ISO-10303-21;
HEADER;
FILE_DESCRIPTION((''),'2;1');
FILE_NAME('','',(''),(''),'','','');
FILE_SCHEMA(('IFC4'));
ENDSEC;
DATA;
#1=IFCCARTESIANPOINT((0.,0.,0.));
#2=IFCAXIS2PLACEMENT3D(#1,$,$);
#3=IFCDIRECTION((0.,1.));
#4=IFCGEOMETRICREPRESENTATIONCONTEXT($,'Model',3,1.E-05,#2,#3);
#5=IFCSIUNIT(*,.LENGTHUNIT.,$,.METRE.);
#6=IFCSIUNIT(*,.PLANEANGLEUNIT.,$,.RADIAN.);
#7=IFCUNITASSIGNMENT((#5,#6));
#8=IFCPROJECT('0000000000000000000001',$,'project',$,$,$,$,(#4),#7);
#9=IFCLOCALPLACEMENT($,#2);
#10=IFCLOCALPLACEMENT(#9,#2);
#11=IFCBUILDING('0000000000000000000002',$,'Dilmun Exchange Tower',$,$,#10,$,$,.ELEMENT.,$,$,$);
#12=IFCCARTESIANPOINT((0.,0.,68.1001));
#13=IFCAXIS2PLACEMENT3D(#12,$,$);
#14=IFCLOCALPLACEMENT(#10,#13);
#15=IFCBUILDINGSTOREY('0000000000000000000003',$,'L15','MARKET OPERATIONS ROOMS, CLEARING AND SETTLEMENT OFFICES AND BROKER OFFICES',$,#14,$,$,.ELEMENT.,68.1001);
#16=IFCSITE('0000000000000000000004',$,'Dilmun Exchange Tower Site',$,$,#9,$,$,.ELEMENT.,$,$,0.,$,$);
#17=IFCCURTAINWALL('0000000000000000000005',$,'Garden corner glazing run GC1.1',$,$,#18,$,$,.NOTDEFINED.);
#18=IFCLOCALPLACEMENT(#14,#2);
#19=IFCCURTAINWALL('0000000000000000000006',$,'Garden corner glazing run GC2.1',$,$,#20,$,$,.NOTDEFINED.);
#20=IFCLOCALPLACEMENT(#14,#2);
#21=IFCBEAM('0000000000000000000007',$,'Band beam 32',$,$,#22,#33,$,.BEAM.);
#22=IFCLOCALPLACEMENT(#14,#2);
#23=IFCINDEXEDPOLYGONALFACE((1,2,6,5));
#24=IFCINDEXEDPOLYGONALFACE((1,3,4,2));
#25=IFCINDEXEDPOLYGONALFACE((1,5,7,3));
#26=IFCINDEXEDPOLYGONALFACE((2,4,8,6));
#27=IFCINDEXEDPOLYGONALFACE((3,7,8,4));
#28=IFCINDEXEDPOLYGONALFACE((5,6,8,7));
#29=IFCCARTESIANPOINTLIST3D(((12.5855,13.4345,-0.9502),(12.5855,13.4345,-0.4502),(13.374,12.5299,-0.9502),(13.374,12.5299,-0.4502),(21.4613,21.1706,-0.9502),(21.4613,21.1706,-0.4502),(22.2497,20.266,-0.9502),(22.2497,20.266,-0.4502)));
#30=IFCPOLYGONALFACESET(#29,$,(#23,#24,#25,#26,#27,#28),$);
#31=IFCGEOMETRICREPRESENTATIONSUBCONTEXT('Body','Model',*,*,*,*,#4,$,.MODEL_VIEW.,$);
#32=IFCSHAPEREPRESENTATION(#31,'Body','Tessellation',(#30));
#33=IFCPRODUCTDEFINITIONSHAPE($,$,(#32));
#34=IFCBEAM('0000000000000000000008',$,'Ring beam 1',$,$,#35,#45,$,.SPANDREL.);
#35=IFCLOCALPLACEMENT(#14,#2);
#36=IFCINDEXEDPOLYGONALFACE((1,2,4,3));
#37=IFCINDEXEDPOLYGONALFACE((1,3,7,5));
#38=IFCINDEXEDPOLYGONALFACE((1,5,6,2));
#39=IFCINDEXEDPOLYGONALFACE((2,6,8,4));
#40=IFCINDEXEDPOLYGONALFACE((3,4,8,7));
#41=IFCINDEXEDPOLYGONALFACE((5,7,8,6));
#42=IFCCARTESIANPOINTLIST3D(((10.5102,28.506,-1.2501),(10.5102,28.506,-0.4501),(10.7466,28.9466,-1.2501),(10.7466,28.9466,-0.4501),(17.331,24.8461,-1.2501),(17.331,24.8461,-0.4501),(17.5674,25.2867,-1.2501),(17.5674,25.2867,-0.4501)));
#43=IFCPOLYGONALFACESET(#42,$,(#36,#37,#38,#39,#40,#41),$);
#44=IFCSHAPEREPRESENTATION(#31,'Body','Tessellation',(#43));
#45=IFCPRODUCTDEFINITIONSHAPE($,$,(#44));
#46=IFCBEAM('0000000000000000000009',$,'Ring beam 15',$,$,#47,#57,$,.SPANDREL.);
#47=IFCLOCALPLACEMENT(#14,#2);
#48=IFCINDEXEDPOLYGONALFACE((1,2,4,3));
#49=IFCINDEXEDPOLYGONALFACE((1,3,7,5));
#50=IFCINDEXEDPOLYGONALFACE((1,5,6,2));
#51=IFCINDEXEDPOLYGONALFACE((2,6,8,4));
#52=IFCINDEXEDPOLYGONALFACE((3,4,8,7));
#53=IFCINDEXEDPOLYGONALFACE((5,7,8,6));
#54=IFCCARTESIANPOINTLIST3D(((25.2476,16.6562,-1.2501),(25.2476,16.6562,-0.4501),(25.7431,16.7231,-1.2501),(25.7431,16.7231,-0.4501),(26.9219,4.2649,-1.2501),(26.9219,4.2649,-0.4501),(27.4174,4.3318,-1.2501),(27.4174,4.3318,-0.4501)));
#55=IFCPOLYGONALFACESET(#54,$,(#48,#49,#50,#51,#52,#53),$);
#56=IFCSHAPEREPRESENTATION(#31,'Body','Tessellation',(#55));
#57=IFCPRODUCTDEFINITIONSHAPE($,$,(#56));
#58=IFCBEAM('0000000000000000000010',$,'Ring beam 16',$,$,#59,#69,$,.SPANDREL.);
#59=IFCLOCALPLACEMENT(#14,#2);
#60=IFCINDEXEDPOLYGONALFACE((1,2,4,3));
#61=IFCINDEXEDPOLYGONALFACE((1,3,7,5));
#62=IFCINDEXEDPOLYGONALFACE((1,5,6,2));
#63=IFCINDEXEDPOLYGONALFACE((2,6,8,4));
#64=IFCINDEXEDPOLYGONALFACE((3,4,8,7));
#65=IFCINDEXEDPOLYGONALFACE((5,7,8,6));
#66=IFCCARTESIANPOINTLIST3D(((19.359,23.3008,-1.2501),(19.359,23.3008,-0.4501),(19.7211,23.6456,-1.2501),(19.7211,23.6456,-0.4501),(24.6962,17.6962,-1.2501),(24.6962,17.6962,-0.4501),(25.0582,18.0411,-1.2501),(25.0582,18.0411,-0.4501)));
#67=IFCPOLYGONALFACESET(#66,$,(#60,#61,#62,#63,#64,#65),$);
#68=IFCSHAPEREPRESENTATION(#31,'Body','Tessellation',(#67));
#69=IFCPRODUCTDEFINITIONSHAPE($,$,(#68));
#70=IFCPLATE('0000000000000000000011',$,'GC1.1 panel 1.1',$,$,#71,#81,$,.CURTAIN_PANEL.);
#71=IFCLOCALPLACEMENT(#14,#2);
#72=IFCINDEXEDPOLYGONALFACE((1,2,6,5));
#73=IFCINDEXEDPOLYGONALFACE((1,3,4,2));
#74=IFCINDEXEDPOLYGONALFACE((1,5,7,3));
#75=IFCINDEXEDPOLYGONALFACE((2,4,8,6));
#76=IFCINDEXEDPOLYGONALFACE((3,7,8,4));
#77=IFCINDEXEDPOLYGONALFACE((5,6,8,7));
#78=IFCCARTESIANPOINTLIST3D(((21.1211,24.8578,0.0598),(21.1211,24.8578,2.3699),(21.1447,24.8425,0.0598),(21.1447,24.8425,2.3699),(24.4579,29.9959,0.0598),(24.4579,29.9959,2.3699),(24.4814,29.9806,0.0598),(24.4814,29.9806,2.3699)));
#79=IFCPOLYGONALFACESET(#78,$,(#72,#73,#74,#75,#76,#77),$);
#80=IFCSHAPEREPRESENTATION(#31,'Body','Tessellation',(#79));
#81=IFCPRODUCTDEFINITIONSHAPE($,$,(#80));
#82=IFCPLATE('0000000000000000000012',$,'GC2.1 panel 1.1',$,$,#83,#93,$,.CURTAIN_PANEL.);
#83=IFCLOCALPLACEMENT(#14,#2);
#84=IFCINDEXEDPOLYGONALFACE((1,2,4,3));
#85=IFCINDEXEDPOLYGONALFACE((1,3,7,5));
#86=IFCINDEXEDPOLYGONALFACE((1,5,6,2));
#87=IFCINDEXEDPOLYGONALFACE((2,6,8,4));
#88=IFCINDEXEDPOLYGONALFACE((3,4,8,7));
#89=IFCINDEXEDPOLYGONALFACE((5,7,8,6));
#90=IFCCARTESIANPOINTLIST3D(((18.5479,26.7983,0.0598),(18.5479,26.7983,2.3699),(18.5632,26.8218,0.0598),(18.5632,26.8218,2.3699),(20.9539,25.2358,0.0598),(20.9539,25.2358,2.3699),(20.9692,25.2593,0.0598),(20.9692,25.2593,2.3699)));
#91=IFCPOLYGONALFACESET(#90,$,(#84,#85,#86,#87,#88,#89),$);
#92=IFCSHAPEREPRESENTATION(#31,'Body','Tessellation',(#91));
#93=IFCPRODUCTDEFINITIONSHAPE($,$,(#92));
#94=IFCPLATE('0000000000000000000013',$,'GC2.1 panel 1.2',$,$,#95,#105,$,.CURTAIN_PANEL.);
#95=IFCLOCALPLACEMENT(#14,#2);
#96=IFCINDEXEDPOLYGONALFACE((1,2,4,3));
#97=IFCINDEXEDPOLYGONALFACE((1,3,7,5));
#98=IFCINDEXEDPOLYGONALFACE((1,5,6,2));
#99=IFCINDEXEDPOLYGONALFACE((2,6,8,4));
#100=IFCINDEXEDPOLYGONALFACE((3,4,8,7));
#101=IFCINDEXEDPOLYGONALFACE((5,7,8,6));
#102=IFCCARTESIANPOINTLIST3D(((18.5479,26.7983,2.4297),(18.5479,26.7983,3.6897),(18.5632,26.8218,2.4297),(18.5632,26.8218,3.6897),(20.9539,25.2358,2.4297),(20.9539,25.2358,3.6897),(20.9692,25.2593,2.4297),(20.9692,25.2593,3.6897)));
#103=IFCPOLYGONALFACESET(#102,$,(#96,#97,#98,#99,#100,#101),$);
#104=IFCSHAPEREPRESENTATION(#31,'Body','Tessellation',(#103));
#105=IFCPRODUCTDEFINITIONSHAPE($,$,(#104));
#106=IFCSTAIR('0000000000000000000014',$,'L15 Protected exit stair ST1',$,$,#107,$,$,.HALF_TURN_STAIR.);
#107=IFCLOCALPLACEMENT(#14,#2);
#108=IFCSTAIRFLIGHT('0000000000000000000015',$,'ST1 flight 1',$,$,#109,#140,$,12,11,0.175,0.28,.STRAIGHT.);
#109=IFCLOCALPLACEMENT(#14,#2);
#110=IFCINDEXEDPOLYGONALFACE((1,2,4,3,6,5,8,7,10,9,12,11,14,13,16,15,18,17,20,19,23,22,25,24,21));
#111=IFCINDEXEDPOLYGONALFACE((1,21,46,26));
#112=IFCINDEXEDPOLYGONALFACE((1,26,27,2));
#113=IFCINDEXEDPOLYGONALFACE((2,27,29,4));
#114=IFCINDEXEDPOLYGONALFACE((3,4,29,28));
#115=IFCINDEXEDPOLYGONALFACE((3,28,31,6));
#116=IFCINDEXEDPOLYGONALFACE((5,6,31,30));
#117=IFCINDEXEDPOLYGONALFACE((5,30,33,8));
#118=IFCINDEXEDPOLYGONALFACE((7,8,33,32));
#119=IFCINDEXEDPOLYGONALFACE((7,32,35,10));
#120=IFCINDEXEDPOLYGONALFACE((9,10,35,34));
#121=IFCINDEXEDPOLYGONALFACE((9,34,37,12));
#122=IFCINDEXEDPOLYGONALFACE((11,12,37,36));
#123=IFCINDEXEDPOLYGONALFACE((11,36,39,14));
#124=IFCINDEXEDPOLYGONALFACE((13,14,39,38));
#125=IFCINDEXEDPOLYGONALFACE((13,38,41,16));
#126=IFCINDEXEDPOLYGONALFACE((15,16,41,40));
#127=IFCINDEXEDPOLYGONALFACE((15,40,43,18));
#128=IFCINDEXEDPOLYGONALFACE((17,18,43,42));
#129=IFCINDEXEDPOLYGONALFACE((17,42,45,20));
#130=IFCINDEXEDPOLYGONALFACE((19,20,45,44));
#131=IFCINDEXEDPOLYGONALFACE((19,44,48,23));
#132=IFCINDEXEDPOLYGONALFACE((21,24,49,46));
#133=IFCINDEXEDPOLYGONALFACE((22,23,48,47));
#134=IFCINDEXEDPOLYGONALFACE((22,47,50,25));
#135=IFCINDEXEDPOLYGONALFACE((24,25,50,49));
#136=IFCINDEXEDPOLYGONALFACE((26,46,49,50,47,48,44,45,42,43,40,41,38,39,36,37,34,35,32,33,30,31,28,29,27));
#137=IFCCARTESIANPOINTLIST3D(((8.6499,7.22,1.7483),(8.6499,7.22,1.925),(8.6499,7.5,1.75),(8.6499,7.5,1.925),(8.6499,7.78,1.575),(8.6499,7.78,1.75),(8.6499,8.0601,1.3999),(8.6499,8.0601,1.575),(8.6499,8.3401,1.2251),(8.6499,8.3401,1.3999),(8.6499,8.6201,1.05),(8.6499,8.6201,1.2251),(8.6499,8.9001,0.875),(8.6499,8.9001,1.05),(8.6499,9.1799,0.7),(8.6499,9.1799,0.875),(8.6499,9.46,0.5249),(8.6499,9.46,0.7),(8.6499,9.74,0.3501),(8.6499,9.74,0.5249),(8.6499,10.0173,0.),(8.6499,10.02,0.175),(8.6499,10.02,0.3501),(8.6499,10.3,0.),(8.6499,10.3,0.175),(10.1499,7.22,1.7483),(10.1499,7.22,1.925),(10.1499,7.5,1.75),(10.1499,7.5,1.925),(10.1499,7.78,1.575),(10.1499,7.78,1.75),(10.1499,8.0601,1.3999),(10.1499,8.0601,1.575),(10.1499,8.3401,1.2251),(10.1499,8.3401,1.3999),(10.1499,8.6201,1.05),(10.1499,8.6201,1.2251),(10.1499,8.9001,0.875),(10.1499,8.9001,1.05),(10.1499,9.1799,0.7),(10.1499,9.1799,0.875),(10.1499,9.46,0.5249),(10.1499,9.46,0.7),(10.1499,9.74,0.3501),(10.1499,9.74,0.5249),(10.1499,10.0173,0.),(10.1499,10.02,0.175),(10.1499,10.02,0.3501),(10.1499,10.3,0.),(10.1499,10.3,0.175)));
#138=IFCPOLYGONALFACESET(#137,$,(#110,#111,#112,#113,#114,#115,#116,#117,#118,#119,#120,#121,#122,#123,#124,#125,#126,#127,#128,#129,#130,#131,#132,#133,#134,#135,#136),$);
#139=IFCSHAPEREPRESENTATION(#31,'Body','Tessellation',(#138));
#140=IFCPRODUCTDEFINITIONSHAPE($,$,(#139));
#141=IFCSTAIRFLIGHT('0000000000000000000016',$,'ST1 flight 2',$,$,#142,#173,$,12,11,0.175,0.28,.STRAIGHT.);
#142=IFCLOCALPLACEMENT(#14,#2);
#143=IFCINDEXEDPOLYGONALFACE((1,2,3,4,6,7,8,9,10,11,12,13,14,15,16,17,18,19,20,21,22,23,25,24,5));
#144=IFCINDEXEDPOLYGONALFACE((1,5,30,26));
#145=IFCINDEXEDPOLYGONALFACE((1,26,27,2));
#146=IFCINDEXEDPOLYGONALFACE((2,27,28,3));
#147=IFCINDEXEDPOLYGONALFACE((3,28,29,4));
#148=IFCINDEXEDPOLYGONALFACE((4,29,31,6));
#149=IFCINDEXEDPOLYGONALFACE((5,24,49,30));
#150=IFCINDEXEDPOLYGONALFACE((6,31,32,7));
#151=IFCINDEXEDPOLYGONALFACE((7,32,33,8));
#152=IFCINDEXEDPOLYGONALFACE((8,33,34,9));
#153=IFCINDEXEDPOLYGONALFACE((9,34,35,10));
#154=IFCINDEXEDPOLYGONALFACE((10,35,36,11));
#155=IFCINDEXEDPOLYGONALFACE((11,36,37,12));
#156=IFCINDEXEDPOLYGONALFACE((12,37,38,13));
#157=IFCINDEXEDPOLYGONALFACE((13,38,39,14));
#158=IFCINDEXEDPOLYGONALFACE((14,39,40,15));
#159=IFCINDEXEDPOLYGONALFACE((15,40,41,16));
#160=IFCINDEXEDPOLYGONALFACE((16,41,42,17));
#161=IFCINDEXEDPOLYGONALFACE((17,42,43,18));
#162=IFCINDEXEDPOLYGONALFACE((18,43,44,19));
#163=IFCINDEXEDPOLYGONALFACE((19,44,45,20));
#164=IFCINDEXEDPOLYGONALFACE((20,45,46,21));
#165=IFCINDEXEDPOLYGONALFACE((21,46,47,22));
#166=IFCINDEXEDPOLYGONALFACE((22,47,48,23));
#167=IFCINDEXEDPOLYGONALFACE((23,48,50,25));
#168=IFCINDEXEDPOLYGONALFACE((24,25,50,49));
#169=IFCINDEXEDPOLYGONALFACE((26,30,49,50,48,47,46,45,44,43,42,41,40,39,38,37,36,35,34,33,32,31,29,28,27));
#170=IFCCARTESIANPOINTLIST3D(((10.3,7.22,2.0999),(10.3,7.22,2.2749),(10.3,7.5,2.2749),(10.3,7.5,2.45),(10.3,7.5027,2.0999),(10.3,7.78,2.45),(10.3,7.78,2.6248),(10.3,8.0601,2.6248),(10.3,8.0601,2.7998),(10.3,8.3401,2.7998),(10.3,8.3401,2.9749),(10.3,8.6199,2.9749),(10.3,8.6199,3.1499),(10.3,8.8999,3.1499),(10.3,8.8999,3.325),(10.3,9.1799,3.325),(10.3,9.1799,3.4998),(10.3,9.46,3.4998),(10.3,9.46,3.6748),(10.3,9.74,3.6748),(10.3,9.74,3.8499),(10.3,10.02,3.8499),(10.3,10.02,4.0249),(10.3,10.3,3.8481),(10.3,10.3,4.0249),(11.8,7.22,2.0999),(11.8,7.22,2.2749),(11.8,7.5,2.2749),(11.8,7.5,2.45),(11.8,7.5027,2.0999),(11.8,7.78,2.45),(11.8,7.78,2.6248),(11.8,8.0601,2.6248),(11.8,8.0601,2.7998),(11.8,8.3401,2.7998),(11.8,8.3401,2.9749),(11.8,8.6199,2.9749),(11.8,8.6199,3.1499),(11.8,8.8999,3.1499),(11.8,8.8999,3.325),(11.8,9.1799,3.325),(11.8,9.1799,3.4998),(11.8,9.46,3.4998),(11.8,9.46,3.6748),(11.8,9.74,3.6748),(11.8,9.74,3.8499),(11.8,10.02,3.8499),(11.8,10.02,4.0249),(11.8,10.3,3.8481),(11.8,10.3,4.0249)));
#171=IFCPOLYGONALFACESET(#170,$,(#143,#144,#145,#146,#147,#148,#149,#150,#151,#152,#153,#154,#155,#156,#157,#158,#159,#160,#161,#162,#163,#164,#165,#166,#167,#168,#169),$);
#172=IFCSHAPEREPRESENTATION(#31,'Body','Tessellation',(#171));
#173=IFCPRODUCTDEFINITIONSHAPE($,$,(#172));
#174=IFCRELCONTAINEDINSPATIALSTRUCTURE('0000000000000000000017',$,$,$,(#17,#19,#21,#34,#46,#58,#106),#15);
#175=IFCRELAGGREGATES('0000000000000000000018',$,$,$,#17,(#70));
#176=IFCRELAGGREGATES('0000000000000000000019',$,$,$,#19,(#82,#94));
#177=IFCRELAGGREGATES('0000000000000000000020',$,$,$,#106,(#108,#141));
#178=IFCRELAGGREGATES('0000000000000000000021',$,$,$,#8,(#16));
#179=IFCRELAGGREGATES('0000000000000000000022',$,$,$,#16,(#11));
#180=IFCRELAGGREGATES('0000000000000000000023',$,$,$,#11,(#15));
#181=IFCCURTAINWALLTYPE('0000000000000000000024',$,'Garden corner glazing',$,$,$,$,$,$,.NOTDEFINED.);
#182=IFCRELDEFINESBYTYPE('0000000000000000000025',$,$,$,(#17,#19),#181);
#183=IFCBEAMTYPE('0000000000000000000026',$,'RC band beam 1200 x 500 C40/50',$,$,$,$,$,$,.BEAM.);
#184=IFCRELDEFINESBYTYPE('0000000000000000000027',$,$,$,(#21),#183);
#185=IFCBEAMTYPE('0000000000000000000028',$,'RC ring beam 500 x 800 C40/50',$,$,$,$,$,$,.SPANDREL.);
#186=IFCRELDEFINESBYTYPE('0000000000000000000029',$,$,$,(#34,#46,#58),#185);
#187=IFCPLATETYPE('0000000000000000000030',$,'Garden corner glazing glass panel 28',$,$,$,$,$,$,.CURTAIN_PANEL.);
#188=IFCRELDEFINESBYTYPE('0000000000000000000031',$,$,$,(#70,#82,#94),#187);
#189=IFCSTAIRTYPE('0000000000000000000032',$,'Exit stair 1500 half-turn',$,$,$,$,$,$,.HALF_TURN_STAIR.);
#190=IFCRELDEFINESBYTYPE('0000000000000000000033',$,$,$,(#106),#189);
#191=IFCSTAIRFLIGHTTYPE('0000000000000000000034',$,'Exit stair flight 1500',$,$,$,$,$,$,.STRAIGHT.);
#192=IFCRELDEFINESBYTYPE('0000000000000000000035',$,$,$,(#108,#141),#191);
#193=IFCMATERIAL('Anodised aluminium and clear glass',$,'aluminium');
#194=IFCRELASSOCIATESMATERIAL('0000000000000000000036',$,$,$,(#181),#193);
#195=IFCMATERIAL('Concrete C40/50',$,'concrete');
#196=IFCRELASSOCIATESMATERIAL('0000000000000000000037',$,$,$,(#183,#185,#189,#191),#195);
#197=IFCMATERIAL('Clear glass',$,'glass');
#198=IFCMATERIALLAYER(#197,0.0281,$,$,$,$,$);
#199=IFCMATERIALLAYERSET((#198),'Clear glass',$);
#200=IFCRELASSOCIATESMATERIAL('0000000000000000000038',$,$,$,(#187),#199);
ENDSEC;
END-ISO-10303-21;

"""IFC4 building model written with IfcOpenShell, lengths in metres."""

from ifc_helpers import new_model, si_unit, direction, frame, origin, origin_2d, place, context, subcontext, project, spatial, polyline, rectangle, outline, extrude, material, layer, layer_set, material_profile, profile_set, type_object, element, aggregate, save


model = new_model("IFC4")

# Units and contexts
model_context = context("Model", 3, precision=1e-05, world=origin(), true_north=direction((0.0, 1.0)))
body_context = subcontext(model_context, "Body", "Model", "MODEL_VIEW")
ifc_project = project(units=[si_unit("LENGTHUNIT", "METRE"), si_unit("PLANEANGLEUNIT", "RADIAN")], contexts=[model_context])

# Site, building, storey
site_placement = place(None, origin())
site = spatial("IfcSite", under=ifc_project, at=site_placement, Name="Dilmun Exchange Tower Site", CompositionType="ELEMENT", RefElevation=0.0)
building_placement = place(site_placement, origin())
building = spatial("IfcBuilding", under=site, at=building_placement, Name="Dilmun Exchange Tower", CompositionType="ELEMENT")
storey_placement = place(building_placement, frame((0.0, 0.0, 68.1001)))
storey = spatial("IfcBuildingStorey", under=building, at=storey_placement, Name="L15", Description="MARKET OPERATIONS ROOMS, CLEARING AND SETTLEMENT OFFICES AND BROKER OFFICES", CompositionType="ELEMENT", Elevation=68.1001)

# Curtain wall
ifc_material_1 = material(Name="Anodised aluminium and clear glass", Category="aluminium")
curtain_wall_type = type_object("IfcCurtainWallType", Name="Garden corner glazing", PredefinedType="NOTDEFINED", material=ifc_material_1)
curtain_wall_1_placement = place(storey_placement, origin())
curtain_wall_1 = element("IfcCurtainWall", 1, at=curtain_wall_1_placement, inside=storey, type_object=curtain_wall_type, Name="Garden corner glazing run GC1.1", PredefinedType="NOTDEFINED")

# Curtain wall
curtain_wall_2_placement = place(storey_placement, origin())
curtain_wall_2 = element("IfcCurtainWall", 2, at=curtain_wall_2_placement, inside=storey, type_object=curtain_wall_type, Name="Garden corner glazing run GC2.1", PredefinedType="NOTDEFINED")

# Beams
ifc_material_2 = material(Name="Concrete C40/50", Category="concrete")
ifc_material_profile_1 = material_profile(ifc_material_2, rectangle(XDim=1.2, YDim=0.5, at=origin_2d()), Name="1200 x 500")
ifc_profile_set_1 = profile_set([ifc_material_profile_1], Name="Concrete C40/50")
beam_type_1 = type_object("IfcBeamType", Name="RC band beam 1200 x 500 C40/50", PredefinedType="BEAM", material=ifc_profile_set_1)
beam_1_placement = place(storey_placement, frame((21.8555, 20.7183, -0.7002), z_axis=(-0.753846, -0.657052, 0.0), x_axis=(0.657052, -0.753846, 0.0)))
element("IfcBeam", 3, at=beam_1_placement, inside=storey, type_object=beam_type_1, Name="Band beam 32", PredefinedType="BEAM", context=body_context, shape_type="SweptSolid", body=[
    extrude(rectangle(XDim=1.2, YDim=0.5, at=origin_2d()), origin(), (0.0, 0.0, 1.0), 11.7739),
])
ifc_material_profile_2 = material_profile(ifc_material_2, rectangle(XDim=0.5, YDim=0.8, at=origin_2d()), Name="500 x 800")
ifc_profile_set_2 = profile_set([ifc_material_profile_2], Name="Concrete C40/50")
beam_type_2 = type_object("IfcBeamType", Name="RC ring beam 500 x 800 C40/50", PredefinedType="SPANDREL", material=ifc_profile_set_2)
beam_2_placement = place(storey_placement, frame((17.4492, 25.0664, -0.8501), z_axis=(-0.881162, 0.472815, 0.0), x_axis=(-0.472815, -0.881162, 0.0)))
element("IfcBeam", 4, at=beam_2_placement, inside=storey, type_object=beam_type_2, Name="Ring beam 1", PredefinedType="SPANDREL", context=body_context, shape_type="SweptSolid", body=[
    extrude(rectangle(XDim=0.5, YDim=0.8, at=origin_2d()), origin(), (0.0, 0.0, 1.0), 7.7407),
])
beam_3_placement = place(storey_placement, frame((27.1697, 4.2983, -0.8501), z_axis=(-0.133903, 0.990994, 0.0), x_axis=(-0.990994, -0.133903, 0.0)))
element("IfcBeam", 5, at=beam_3_placement, inside=storey, type_object=beam_type_2, Name="Ring beam 15", PredefinedType="SPANDREL", context=body_context, shape_type="SweptSolid", body=[
    extrude(rectangle(XDim=0.5, YDim=0.8, at=origin_2d()), origin(), (0.0, 0.0, 1.0), 12.5039),
])
beam_4_placement = place(storey_placement, frame((24.8772, 17.8687, -0.8501), z_axis=(-0.689624, 0.724167, 0.0), x_axis=(-0.724167, -0.689624, 0.0)))
element("IfcBeam", 6, at=beam_4_placement, inside=storey, type_object=beam_type_2, Name="Ring beam 16", PredefinedType="SPANDREL", context=body_context, shape_type="SweptSolid", body=[
    extrude(rectangle(XDim=0.5, YDim=0.8, at=origin_2d()), origin(), (0.0, 0.0, 1.0), 7.7393),
])

# Plates
ifc_material_3 = material(Name="Clear glass", Category="glass")
ifc_layer_1 = layer(ifc_material_3, 0.0281)
ifc_layer_set_1 = layer_set([ifc_layer_1], Name="Clear glass")
plate_type = type_object("IfcPlateType", Name="Garden corner glazing glass panel 28", PredefinedType="CURTAIN_PANEL", material=ifc_layer_set_1)
plate_1_placement = place(storey_placement, frame((22.8013, 27.4192, 0.0598), z_axis=(0.0, 0.0, 1.0), x_axis=(-0.544644, -0.838667, 0.0)))
plate_1 = element("IfcPlate", 7, at=plate_1_placement, type_object=plate_type, Name="GC1.1 panel 1.1", PredefinedType="CURTAIN_PANEL", context=body_context, shape_type="SweptSolid", body=[
    extrude(rectangle(XDim=6.1265, YDim=0.0281, at=origin_2d()), origin(), (0.0, 0.0, 1.0), 2.3101),
])
aggregate(curtain_wall_1, [plate_1])
plate_2_placement = place(storey_placement, frame((19.7585, 26.0288, 0.0598), z_axis=(0.0, 0.0, 1.0), x_axis=(-0.838676, 0.544631, 0.0)))
plate_2 = element("IfcPlate", 8, at=plate_2_placement, type_object=plate_type, Name="GC2.1 panel 1.1", PredefinedType="CURTAIN_PANEL", context=body_context, shape_type="SweptSolid", body=[
    extrude(rectangle(XDim=2.8689, YDim=0.0281, at=origin_2d()), origin(), (0.0, 0.0, 1.0), 2.3101),
])
plate_3_placement = place(storey_placement, frame((19.7585, 26.0288, 2.4297), z_axis=(0.0, 0.0, 1.0), x_axis=(-0.838676, 0.544631, 0.0)))
plate_3 = element("IfcPlate", 9, at=plate_3_placement, type_object=plate_type, Name="GC2.1 panel 1.2", PredefinedType="CURTAIN_PANEL", context=body_context, shape_type="SweptSolid", body=[
    extrude(rectangle(XDim=2.8689, YDim=0.0281, at=origin_2d()), origin(), (0.0, 0.0, 1.0), 1.26),
])
aggregate(curtain_wall_2, [plate_2, plate_3])

# Stair, stair flights
stair_type = type_object("IfcStairType", Name="Exit stair 1500 half-turn", PredefinedType="HALF_TURN_STAIR", material=ifc_material_2)
stair_placement = place(storey_placement, origin())
stair = element("IfcStair", 10, at=stair_placement, inside=storey, type_object=stair_type, Name="L15 Protected exit stair ST1", PredefinedType="HALF_TURN_STAIR")
stair_flight_type = type_object("IfcStairFlightType", Name="Exit stair flight 1500", PredefinedType="STRAIGHT", material=ifc_material_2)
stair_flight_1_placement = place(storey_placement, frame((9.3999, 10.3, 0.0), z_axis=(0.0, 0.0, 1.0), x_axis=(0.0, -1.0, 0.0)))
stair_flight_1 = element("IfcStairFlight", 11, at=stair_flight_1_placement, type_object=stair_flight_type, Name="ST1 flight 1", NumberOfRisers=12, NumberOfTreads=11, PredefinedType="STRAIGHT", RiserHeight=0.175, TreadLength=0.28, context=body_context, shape_type="SweptSolid", body=[
    extrude(outline(polyline([(0.0, 0.0), (0.0, 0.175), (0.28, 0.175), (0.28, 0.3501), (0.5601, 0.3501), (0.5601, 0.5249), (0.8401, 0.5249), (0.8401, 0.7), (1.1201, 0.7), (1.1201, 0.875), (1.3999, 0.875), (1.3999, 1.05), (1.6799, 1.05), (1.6799, 1.2251), (1.96, 1.2251), (1.96, 1.3999), (2.24, 1.3999), (2.24, 1.575), (2.52, 1.575), (2.52, 1.75), (2.8, 1.75), (2.8, 1.925), (3.0801, 1.925), (3.0801, 2.1001), (3.0801, 1.7483), (0.2827, 0.0), (0.0, 0.0)])), frame((0.0, 0.75, 0.0), z_axis=(0.0, -1.0, 0.0), x_axis=(1.0, 0.0, 0.0)), (0.0, 0.0, 1.0), 1.5),
])
stair_flight_2_placement = place(storey_placement, frame((11.05, 7.22, 2.0999), z_axis=(0.0, 0.0, 1.0), x_axis=(0.0, 1.0, 0.0)))
stair_flight_2 = element("IfcStairFlight", 12, at=stair_flight_2_placement, type_object=stair_flight_type, Name="ST1 flight 2", NumberOfRisers=12, NumberOfTreads=11, PredefinedType="STRAIGHT", RiserHeight=0.175, TreadLength=0.28, context=body_context, shape_type="SweptSolid", body=[
    extrude(outline(polyline([(0.0, 0.0), (0.0, 0.175), (0.28, 0.175), (0.28, 0.3501), (0.5601, 0.3501), (0.5601, 0.5249), (0.8401, 0.5249), (0.8401, 0.7), (1.1201, 0.7), (1.1201, 0.875), (1.3999, 0.875), (1.3999, 1.05), (1.6799, 1.05), (1.6799, 1.2251), (1.96, 1.2251), (1.96, 1.3999), (2.24, 1.3999), (2.24, 1.575), (2.52, 1.575), (2.52, 1.75), (2.8, 1.75), (2.8, 1.925), (3.0801, 1.925), (3.0801, 2.1001), (3.0801, 1.7483), (0.2827, 0.0), (0.0, 0.0)])), frame((0.0, 0.75, 0.0), z_axis=(0.0, -1.0, 0.0), x_axis=(1.0, 0.0, 0.0)), (0.0, 0.0, 1.0), 1.5),
])
aggregate(stair, [stair_flight_1, stair_flight_2])

save(model, "model.ifc")
